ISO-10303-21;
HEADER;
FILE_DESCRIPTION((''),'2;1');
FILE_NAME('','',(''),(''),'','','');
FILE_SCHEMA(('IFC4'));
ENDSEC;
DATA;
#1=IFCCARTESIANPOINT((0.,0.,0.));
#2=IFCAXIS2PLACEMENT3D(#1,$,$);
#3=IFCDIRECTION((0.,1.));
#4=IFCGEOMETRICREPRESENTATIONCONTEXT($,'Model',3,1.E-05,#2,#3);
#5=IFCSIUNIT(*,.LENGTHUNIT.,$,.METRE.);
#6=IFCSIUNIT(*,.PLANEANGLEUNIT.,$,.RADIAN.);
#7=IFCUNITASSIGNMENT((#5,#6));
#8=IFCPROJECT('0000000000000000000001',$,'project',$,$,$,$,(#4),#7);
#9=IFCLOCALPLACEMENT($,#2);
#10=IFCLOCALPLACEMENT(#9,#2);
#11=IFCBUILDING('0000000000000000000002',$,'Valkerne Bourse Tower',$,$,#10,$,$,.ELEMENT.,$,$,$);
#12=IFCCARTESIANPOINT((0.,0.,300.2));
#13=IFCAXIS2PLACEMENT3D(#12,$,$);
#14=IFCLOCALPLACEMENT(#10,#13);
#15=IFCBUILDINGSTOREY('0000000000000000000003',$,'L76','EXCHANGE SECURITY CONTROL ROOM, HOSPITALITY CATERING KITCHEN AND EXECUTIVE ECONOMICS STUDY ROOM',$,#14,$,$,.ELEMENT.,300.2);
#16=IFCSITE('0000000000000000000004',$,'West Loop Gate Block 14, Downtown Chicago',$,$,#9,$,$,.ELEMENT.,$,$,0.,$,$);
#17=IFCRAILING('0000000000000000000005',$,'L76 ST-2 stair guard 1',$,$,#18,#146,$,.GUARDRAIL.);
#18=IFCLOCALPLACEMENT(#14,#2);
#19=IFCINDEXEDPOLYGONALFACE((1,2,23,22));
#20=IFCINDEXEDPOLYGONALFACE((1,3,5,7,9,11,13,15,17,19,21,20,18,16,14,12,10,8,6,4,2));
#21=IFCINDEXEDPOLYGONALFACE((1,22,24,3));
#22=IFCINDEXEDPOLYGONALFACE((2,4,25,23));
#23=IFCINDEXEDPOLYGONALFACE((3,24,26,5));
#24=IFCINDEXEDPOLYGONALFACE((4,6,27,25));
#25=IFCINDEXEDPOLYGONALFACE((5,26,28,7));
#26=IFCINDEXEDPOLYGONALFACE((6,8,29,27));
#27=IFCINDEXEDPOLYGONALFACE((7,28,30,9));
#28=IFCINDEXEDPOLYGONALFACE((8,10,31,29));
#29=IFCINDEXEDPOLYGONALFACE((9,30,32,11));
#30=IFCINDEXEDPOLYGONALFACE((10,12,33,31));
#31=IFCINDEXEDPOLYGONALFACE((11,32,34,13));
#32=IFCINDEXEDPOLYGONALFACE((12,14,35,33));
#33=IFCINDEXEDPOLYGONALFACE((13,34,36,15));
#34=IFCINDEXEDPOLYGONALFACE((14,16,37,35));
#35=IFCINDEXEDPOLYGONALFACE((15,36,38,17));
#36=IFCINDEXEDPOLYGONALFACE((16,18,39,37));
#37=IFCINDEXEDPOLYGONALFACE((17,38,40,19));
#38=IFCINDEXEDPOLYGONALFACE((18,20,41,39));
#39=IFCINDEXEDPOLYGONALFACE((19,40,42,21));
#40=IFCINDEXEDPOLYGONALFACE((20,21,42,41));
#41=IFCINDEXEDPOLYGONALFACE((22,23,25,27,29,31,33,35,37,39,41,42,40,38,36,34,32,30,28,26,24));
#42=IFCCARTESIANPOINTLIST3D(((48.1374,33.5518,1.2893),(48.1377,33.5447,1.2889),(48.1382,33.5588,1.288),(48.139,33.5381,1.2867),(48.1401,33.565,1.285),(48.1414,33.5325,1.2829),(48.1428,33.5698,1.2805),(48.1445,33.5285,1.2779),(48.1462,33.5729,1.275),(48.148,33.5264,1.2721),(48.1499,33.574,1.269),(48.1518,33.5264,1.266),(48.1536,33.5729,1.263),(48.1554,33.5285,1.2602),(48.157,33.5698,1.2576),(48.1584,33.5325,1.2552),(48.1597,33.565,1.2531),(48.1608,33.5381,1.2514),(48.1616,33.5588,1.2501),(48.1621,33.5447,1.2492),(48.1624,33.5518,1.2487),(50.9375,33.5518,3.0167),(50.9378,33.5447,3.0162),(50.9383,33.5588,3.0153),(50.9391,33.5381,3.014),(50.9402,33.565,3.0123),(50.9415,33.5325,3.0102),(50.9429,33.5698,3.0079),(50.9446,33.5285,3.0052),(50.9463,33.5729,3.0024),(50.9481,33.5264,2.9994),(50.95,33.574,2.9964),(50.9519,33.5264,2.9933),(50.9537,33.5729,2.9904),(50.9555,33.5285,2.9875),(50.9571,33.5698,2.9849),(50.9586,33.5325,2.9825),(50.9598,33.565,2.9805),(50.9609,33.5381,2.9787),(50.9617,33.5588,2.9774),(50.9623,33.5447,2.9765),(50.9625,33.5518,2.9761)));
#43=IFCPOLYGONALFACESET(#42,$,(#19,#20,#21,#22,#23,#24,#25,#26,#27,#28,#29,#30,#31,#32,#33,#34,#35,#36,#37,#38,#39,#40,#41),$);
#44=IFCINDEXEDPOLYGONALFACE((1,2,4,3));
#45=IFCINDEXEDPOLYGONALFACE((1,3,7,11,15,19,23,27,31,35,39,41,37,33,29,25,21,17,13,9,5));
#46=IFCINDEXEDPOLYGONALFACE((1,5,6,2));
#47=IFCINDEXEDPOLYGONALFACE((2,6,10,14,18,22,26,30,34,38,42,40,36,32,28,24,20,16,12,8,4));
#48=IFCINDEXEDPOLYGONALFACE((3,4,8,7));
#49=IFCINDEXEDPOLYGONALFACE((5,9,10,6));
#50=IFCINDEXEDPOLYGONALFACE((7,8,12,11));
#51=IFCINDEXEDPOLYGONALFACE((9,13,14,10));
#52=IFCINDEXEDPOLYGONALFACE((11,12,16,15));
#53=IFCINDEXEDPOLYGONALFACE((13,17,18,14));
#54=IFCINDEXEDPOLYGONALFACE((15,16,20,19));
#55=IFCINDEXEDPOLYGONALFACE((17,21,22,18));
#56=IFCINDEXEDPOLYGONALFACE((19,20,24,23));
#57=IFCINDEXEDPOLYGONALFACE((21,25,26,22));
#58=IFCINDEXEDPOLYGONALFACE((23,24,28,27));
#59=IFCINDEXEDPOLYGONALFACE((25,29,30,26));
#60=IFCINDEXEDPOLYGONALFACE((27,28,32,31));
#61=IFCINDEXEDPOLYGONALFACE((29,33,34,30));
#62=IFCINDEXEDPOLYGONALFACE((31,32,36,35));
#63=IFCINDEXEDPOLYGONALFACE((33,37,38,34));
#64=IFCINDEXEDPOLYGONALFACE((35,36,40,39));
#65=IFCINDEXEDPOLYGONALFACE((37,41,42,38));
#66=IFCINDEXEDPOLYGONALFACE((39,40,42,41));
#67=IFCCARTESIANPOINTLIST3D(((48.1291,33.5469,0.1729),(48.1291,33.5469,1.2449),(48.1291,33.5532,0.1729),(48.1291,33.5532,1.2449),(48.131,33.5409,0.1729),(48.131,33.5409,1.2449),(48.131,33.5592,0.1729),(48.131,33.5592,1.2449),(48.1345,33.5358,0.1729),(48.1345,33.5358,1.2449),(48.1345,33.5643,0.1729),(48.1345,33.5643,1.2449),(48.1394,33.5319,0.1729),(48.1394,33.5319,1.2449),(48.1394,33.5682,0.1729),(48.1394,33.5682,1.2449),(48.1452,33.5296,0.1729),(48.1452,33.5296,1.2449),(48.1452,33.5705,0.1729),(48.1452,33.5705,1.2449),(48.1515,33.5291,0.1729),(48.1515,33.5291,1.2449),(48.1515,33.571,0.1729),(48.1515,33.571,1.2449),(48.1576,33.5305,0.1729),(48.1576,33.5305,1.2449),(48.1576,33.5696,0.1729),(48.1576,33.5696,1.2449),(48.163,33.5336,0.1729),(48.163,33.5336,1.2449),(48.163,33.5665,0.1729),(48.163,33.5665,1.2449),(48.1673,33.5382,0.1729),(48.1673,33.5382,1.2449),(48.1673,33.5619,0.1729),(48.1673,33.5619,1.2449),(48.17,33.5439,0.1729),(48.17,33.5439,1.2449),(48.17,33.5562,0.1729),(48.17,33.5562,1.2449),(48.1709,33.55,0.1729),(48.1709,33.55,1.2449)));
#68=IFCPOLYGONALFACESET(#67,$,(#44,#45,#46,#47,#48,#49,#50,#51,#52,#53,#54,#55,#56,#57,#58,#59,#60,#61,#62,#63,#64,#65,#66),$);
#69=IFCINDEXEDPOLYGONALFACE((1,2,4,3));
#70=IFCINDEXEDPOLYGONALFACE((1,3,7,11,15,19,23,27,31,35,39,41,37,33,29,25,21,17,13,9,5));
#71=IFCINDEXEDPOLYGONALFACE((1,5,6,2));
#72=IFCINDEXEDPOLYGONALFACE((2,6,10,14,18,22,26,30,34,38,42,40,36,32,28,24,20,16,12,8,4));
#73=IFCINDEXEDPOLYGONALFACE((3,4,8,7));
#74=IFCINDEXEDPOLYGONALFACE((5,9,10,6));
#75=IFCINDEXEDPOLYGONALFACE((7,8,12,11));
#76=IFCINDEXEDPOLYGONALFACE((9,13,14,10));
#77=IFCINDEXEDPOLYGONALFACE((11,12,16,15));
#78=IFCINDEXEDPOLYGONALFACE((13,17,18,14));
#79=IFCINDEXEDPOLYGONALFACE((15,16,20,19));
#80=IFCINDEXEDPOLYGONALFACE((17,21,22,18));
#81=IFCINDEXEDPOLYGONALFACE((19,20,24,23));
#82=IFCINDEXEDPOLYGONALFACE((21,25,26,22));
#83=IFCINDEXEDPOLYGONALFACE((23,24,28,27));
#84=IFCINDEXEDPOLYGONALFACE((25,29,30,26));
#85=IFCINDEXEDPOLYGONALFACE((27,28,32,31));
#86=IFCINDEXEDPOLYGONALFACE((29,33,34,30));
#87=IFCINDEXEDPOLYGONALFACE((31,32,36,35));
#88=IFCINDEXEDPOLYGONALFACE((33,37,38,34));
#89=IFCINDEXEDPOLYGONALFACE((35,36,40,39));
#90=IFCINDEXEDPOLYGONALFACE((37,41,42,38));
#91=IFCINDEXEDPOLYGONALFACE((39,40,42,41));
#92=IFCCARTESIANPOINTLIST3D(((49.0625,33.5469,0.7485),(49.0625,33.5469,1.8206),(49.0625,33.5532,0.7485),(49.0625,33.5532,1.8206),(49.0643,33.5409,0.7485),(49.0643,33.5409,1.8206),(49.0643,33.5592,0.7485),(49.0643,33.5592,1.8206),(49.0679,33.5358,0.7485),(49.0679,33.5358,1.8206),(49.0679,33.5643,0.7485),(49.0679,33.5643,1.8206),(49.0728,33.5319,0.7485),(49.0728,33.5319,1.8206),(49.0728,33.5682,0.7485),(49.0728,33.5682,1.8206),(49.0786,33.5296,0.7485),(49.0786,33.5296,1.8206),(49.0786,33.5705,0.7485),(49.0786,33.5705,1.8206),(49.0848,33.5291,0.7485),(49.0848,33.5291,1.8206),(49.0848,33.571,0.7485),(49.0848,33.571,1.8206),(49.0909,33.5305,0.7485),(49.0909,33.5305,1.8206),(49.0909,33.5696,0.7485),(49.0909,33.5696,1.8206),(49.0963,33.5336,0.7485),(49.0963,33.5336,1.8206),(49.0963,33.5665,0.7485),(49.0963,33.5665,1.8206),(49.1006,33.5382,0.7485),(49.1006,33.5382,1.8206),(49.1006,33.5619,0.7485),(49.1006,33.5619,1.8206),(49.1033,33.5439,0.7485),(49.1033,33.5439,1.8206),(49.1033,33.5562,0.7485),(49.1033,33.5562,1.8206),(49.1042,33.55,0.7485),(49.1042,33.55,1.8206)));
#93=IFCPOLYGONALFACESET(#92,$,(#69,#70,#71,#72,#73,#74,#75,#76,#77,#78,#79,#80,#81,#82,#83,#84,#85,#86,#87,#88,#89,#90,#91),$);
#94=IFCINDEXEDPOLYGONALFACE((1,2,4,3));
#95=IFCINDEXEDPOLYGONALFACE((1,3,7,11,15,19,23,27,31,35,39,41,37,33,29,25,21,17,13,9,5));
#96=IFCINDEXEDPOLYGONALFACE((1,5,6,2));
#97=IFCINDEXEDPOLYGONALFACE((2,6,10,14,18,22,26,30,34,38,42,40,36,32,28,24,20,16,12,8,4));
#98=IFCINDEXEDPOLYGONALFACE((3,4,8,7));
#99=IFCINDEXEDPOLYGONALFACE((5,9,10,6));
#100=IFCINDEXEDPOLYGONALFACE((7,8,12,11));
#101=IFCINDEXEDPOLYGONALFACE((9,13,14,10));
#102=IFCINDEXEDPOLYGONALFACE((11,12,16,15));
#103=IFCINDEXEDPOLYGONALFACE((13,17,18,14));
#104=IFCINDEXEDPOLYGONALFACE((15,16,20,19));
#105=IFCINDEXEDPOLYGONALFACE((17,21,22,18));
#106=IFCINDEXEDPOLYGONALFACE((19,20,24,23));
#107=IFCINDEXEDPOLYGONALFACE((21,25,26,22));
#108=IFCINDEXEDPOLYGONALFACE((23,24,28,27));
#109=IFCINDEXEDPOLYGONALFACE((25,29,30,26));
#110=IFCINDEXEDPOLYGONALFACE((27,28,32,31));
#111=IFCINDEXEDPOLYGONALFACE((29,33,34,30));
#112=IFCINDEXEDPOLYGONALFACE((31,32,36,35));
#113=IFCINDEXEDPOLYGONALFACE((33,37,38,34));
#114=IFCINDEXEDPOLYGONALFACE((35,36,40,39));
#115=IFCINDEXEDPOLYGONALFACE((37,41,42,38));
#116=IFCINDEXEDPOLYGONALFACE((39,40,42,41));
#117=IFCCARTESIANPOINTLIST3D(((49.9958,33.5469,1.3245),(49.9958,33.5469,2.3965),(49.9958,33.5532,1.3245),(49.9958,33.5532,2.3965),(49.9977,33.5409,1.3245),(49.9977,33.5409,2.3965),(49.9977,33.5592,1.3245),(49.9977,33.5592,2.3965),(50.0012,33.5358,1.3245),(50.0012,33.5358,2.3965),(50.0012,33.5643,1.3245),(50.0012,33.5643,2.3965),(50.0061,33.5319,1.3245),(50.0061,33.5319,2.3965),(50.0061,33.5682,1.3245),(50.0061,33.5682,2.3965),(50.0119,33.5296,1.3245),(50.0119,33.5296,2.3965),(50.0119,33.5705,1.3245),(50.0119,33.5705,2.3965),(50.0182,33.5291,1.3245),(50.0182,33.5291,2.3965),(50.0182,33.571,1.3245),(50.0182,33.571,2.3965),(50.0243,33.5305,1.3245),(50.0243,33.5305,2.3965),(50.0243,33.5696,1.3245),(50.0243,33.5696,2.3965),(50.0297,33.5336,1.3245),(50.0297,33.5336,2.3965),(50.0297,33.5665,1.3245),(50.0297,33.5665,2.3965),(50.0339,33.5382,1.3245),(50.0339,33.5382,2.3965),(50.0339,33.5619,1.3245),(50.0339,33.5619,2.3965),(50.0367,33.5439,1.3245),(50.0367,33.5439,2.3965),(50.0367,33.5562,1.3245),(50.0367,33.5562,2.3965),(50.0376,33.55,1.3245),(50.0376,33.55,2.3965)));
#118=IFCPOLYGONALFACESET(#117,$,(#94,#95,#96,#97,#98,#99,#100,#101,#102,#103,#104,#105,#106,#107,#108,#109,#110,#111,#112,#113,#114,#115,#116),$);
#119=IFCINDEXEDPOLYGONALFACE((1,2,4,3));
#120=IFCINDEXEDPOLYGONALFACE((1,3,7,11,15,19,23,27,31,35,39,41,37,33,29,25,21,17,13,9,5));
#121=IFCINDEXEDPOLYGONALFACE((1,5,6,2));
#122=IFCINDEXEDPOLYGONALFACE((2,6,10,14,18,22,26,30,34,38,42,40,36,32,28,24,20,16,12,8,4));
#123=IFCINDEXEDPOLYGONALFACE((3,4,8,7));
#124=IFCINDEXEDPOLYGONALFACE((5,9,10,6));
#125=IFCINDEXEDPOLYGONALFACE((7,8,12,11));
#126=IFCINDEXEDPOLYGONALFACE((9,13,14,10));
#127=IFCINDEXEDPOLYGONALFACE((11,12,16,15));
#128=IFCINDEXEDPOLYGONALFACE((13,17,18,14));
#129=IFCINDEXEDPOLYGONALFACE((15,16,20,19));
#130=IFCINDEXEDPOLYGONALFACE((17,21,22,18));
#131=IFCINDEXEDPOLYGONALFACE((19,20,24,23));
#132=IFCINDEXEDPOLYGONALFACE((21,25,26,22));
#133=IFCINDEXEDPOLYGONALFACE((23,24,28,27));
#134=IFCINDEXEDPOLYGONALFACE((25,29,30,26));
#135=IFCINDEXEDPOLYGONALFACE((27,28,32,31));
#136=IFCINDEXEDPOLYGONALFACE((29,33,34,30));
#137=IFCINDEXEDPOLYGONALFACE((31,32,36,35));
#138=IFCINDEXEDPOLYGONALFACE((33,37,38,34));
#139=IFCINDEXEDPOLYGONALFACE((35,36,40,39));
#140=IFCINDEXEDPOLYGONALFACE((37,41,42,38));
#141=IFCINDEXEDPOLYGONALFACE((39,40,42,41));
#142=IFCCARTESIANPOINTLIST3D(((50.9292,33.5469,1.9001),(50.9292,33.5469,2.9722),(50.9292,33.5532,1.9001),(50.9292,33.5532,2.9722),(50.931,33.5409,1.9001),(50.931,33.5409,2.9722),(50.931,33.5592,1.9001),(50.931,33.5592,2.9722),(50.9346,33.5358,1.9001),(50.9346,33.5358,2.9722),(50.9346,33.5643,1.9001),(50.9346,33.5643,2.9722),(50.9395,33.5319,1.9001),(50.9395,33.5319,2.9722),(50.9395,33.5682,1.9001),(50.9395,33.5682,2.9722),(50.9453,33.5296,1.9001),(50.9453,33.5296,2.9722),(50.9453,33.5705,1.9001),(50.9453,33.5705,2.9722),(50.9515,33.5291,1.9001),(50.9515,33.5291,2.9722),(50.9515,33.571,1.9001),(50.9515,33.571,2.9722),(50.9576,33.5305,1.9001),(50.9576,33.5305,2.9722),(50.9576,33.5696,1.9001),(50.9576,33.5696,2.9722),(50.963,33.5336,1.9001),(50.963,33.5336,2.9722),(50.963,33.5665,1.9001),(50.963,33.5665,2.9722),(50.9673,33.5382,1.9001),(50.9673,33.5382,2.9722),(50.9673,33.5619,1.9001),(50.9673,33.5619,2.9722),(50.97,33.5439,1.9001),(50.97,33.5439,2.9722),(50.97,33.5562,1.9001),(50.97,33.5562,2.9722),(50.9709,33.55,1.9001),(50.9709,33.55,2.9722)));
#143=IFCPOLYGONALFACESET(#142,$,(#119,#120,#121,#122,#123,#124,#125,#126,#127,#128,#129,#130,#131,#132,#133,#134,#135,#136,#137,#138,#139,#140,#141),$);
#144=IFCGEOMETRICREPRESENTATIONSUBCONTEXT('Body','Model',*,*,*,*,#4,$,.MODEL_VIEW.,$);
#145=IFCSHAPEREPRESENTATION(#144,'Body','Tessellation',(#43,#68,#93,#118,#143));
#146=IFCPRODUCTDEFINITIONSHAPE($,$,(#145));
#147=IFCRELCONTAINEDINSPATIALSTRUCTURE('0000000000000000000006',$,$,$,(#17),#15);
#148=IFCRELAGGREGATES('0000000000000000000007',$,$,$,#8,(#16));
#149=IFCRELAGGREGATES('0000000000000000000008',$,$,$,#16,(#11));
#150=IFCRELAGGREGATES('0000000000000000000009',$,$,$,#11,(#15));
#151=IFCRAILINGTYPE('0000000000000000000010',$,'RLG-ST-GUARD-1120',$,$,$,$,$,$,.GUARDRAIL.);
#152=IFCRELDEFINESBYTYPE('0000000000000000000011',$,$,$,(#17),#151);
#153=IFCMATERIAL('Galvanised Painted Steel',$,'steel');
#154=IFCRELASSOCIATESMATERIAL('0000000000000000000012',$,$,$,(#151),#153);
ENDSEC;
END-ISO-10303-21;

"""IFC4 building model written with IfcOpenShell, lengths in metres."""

from ifc_helpers import new_model, si_unit, direction, frame, origin, origin_2d, place, context, subcontext, project, spatial, circle, extrude, material, type_object, element, save


model = new_model("IFC4")

# Units and contexts
model_context = context("Model", 3, precision=1e-05, world=origin(), true_north=direction((0.0, 1.0)))
body_context = subcontext(model_context, "Body", "Model", "MODEL_VIEW")
ifc_project = project(units=[si_unit("LENGTHUNIT", "METRE"), si_unit("PLANEANGLEUNIT", "RADIAN")], contexts=[model_context])

# Site, building, storey
site_placement = place(None, origin())
site = spatial("IfcSite", under=ifc_project, at=site_placement, Name="West Loop Gate Block 14, Downtown Chicago", CompositionType="ELEMENT", RefElevation=0.0)
building_placement = place(site_placement, origin())
building = spatial("IfcBuilding", under=site, at=building_placement, Name="Valkerne Bourse Tower", CompositionType="ELEMENT")
storey_placement = place(building_placement, frame((0.0, 0.0, 300.2)))
storey = spatial("IfcBuildingStorey", under=building, at=storey_placement, Name="L76", Description="EXCHANGE SECURITY CONTROL ROOM, HOSPITALITY CATERING KITCHEN AND EXECUTIVE ECONOMICS STUDY ROOM", CompositionType="ELEMENT", Elevation=300.2)

# Shared definitions
ifc_material_1 = material(Name="Galvanised Painted Steel", Category="steel")

# Railing
railing_type_1 = type_object("IfcRailingType", Name="RLG-ST-GUARD-1120", PredefinedType="GUARDRAIL", material=ifc_material_1)
railing_1_placement = place(storey_placement, frame((48.1499, 33.55, 0.1729)))
element("IfcRailing", 1, at=railing_1_placement, inside=storey, type_object=railing_type_1, Name="L76 ST-2 stair guard 1", PredefinedType="GUARDRAIL", context=body_context, shape_type="SweptSolid", body=[
    extrude(circle(Radius=0.0239, at=origin_2d()), frame((0.0, 0.0, 1.0962), z_axis=(0.85109, 0.0, 0.52502), x_axis=(0.0, 1.0, 0.0)), (0.0, 0.0, 1.0), 3.29),
    extrude(circle(Radius=0.021, at=origin_2d()), origin(), (0.0, 0.0, 1.0), 1.072),
    extrude(circle(Radius=0.021, at=origin_2d()), frame((0.9333, 0.0, 0.5757)), (0.0, 0.0, 1.0), 1.072),
    extrude(circle(Radius=0.021, at=origin_2d()), frame((1.8667, 0.0, 1.1516)), (0.0, 0.0, 1.0), 1.072),
    extrude(circle(Radius=0.021, at=origin_2d()), frame((2.8, 0.0, 1.7273)), (0.0, 0.0, 1.0), 1.072),
])

save(model, "model.ifc")
